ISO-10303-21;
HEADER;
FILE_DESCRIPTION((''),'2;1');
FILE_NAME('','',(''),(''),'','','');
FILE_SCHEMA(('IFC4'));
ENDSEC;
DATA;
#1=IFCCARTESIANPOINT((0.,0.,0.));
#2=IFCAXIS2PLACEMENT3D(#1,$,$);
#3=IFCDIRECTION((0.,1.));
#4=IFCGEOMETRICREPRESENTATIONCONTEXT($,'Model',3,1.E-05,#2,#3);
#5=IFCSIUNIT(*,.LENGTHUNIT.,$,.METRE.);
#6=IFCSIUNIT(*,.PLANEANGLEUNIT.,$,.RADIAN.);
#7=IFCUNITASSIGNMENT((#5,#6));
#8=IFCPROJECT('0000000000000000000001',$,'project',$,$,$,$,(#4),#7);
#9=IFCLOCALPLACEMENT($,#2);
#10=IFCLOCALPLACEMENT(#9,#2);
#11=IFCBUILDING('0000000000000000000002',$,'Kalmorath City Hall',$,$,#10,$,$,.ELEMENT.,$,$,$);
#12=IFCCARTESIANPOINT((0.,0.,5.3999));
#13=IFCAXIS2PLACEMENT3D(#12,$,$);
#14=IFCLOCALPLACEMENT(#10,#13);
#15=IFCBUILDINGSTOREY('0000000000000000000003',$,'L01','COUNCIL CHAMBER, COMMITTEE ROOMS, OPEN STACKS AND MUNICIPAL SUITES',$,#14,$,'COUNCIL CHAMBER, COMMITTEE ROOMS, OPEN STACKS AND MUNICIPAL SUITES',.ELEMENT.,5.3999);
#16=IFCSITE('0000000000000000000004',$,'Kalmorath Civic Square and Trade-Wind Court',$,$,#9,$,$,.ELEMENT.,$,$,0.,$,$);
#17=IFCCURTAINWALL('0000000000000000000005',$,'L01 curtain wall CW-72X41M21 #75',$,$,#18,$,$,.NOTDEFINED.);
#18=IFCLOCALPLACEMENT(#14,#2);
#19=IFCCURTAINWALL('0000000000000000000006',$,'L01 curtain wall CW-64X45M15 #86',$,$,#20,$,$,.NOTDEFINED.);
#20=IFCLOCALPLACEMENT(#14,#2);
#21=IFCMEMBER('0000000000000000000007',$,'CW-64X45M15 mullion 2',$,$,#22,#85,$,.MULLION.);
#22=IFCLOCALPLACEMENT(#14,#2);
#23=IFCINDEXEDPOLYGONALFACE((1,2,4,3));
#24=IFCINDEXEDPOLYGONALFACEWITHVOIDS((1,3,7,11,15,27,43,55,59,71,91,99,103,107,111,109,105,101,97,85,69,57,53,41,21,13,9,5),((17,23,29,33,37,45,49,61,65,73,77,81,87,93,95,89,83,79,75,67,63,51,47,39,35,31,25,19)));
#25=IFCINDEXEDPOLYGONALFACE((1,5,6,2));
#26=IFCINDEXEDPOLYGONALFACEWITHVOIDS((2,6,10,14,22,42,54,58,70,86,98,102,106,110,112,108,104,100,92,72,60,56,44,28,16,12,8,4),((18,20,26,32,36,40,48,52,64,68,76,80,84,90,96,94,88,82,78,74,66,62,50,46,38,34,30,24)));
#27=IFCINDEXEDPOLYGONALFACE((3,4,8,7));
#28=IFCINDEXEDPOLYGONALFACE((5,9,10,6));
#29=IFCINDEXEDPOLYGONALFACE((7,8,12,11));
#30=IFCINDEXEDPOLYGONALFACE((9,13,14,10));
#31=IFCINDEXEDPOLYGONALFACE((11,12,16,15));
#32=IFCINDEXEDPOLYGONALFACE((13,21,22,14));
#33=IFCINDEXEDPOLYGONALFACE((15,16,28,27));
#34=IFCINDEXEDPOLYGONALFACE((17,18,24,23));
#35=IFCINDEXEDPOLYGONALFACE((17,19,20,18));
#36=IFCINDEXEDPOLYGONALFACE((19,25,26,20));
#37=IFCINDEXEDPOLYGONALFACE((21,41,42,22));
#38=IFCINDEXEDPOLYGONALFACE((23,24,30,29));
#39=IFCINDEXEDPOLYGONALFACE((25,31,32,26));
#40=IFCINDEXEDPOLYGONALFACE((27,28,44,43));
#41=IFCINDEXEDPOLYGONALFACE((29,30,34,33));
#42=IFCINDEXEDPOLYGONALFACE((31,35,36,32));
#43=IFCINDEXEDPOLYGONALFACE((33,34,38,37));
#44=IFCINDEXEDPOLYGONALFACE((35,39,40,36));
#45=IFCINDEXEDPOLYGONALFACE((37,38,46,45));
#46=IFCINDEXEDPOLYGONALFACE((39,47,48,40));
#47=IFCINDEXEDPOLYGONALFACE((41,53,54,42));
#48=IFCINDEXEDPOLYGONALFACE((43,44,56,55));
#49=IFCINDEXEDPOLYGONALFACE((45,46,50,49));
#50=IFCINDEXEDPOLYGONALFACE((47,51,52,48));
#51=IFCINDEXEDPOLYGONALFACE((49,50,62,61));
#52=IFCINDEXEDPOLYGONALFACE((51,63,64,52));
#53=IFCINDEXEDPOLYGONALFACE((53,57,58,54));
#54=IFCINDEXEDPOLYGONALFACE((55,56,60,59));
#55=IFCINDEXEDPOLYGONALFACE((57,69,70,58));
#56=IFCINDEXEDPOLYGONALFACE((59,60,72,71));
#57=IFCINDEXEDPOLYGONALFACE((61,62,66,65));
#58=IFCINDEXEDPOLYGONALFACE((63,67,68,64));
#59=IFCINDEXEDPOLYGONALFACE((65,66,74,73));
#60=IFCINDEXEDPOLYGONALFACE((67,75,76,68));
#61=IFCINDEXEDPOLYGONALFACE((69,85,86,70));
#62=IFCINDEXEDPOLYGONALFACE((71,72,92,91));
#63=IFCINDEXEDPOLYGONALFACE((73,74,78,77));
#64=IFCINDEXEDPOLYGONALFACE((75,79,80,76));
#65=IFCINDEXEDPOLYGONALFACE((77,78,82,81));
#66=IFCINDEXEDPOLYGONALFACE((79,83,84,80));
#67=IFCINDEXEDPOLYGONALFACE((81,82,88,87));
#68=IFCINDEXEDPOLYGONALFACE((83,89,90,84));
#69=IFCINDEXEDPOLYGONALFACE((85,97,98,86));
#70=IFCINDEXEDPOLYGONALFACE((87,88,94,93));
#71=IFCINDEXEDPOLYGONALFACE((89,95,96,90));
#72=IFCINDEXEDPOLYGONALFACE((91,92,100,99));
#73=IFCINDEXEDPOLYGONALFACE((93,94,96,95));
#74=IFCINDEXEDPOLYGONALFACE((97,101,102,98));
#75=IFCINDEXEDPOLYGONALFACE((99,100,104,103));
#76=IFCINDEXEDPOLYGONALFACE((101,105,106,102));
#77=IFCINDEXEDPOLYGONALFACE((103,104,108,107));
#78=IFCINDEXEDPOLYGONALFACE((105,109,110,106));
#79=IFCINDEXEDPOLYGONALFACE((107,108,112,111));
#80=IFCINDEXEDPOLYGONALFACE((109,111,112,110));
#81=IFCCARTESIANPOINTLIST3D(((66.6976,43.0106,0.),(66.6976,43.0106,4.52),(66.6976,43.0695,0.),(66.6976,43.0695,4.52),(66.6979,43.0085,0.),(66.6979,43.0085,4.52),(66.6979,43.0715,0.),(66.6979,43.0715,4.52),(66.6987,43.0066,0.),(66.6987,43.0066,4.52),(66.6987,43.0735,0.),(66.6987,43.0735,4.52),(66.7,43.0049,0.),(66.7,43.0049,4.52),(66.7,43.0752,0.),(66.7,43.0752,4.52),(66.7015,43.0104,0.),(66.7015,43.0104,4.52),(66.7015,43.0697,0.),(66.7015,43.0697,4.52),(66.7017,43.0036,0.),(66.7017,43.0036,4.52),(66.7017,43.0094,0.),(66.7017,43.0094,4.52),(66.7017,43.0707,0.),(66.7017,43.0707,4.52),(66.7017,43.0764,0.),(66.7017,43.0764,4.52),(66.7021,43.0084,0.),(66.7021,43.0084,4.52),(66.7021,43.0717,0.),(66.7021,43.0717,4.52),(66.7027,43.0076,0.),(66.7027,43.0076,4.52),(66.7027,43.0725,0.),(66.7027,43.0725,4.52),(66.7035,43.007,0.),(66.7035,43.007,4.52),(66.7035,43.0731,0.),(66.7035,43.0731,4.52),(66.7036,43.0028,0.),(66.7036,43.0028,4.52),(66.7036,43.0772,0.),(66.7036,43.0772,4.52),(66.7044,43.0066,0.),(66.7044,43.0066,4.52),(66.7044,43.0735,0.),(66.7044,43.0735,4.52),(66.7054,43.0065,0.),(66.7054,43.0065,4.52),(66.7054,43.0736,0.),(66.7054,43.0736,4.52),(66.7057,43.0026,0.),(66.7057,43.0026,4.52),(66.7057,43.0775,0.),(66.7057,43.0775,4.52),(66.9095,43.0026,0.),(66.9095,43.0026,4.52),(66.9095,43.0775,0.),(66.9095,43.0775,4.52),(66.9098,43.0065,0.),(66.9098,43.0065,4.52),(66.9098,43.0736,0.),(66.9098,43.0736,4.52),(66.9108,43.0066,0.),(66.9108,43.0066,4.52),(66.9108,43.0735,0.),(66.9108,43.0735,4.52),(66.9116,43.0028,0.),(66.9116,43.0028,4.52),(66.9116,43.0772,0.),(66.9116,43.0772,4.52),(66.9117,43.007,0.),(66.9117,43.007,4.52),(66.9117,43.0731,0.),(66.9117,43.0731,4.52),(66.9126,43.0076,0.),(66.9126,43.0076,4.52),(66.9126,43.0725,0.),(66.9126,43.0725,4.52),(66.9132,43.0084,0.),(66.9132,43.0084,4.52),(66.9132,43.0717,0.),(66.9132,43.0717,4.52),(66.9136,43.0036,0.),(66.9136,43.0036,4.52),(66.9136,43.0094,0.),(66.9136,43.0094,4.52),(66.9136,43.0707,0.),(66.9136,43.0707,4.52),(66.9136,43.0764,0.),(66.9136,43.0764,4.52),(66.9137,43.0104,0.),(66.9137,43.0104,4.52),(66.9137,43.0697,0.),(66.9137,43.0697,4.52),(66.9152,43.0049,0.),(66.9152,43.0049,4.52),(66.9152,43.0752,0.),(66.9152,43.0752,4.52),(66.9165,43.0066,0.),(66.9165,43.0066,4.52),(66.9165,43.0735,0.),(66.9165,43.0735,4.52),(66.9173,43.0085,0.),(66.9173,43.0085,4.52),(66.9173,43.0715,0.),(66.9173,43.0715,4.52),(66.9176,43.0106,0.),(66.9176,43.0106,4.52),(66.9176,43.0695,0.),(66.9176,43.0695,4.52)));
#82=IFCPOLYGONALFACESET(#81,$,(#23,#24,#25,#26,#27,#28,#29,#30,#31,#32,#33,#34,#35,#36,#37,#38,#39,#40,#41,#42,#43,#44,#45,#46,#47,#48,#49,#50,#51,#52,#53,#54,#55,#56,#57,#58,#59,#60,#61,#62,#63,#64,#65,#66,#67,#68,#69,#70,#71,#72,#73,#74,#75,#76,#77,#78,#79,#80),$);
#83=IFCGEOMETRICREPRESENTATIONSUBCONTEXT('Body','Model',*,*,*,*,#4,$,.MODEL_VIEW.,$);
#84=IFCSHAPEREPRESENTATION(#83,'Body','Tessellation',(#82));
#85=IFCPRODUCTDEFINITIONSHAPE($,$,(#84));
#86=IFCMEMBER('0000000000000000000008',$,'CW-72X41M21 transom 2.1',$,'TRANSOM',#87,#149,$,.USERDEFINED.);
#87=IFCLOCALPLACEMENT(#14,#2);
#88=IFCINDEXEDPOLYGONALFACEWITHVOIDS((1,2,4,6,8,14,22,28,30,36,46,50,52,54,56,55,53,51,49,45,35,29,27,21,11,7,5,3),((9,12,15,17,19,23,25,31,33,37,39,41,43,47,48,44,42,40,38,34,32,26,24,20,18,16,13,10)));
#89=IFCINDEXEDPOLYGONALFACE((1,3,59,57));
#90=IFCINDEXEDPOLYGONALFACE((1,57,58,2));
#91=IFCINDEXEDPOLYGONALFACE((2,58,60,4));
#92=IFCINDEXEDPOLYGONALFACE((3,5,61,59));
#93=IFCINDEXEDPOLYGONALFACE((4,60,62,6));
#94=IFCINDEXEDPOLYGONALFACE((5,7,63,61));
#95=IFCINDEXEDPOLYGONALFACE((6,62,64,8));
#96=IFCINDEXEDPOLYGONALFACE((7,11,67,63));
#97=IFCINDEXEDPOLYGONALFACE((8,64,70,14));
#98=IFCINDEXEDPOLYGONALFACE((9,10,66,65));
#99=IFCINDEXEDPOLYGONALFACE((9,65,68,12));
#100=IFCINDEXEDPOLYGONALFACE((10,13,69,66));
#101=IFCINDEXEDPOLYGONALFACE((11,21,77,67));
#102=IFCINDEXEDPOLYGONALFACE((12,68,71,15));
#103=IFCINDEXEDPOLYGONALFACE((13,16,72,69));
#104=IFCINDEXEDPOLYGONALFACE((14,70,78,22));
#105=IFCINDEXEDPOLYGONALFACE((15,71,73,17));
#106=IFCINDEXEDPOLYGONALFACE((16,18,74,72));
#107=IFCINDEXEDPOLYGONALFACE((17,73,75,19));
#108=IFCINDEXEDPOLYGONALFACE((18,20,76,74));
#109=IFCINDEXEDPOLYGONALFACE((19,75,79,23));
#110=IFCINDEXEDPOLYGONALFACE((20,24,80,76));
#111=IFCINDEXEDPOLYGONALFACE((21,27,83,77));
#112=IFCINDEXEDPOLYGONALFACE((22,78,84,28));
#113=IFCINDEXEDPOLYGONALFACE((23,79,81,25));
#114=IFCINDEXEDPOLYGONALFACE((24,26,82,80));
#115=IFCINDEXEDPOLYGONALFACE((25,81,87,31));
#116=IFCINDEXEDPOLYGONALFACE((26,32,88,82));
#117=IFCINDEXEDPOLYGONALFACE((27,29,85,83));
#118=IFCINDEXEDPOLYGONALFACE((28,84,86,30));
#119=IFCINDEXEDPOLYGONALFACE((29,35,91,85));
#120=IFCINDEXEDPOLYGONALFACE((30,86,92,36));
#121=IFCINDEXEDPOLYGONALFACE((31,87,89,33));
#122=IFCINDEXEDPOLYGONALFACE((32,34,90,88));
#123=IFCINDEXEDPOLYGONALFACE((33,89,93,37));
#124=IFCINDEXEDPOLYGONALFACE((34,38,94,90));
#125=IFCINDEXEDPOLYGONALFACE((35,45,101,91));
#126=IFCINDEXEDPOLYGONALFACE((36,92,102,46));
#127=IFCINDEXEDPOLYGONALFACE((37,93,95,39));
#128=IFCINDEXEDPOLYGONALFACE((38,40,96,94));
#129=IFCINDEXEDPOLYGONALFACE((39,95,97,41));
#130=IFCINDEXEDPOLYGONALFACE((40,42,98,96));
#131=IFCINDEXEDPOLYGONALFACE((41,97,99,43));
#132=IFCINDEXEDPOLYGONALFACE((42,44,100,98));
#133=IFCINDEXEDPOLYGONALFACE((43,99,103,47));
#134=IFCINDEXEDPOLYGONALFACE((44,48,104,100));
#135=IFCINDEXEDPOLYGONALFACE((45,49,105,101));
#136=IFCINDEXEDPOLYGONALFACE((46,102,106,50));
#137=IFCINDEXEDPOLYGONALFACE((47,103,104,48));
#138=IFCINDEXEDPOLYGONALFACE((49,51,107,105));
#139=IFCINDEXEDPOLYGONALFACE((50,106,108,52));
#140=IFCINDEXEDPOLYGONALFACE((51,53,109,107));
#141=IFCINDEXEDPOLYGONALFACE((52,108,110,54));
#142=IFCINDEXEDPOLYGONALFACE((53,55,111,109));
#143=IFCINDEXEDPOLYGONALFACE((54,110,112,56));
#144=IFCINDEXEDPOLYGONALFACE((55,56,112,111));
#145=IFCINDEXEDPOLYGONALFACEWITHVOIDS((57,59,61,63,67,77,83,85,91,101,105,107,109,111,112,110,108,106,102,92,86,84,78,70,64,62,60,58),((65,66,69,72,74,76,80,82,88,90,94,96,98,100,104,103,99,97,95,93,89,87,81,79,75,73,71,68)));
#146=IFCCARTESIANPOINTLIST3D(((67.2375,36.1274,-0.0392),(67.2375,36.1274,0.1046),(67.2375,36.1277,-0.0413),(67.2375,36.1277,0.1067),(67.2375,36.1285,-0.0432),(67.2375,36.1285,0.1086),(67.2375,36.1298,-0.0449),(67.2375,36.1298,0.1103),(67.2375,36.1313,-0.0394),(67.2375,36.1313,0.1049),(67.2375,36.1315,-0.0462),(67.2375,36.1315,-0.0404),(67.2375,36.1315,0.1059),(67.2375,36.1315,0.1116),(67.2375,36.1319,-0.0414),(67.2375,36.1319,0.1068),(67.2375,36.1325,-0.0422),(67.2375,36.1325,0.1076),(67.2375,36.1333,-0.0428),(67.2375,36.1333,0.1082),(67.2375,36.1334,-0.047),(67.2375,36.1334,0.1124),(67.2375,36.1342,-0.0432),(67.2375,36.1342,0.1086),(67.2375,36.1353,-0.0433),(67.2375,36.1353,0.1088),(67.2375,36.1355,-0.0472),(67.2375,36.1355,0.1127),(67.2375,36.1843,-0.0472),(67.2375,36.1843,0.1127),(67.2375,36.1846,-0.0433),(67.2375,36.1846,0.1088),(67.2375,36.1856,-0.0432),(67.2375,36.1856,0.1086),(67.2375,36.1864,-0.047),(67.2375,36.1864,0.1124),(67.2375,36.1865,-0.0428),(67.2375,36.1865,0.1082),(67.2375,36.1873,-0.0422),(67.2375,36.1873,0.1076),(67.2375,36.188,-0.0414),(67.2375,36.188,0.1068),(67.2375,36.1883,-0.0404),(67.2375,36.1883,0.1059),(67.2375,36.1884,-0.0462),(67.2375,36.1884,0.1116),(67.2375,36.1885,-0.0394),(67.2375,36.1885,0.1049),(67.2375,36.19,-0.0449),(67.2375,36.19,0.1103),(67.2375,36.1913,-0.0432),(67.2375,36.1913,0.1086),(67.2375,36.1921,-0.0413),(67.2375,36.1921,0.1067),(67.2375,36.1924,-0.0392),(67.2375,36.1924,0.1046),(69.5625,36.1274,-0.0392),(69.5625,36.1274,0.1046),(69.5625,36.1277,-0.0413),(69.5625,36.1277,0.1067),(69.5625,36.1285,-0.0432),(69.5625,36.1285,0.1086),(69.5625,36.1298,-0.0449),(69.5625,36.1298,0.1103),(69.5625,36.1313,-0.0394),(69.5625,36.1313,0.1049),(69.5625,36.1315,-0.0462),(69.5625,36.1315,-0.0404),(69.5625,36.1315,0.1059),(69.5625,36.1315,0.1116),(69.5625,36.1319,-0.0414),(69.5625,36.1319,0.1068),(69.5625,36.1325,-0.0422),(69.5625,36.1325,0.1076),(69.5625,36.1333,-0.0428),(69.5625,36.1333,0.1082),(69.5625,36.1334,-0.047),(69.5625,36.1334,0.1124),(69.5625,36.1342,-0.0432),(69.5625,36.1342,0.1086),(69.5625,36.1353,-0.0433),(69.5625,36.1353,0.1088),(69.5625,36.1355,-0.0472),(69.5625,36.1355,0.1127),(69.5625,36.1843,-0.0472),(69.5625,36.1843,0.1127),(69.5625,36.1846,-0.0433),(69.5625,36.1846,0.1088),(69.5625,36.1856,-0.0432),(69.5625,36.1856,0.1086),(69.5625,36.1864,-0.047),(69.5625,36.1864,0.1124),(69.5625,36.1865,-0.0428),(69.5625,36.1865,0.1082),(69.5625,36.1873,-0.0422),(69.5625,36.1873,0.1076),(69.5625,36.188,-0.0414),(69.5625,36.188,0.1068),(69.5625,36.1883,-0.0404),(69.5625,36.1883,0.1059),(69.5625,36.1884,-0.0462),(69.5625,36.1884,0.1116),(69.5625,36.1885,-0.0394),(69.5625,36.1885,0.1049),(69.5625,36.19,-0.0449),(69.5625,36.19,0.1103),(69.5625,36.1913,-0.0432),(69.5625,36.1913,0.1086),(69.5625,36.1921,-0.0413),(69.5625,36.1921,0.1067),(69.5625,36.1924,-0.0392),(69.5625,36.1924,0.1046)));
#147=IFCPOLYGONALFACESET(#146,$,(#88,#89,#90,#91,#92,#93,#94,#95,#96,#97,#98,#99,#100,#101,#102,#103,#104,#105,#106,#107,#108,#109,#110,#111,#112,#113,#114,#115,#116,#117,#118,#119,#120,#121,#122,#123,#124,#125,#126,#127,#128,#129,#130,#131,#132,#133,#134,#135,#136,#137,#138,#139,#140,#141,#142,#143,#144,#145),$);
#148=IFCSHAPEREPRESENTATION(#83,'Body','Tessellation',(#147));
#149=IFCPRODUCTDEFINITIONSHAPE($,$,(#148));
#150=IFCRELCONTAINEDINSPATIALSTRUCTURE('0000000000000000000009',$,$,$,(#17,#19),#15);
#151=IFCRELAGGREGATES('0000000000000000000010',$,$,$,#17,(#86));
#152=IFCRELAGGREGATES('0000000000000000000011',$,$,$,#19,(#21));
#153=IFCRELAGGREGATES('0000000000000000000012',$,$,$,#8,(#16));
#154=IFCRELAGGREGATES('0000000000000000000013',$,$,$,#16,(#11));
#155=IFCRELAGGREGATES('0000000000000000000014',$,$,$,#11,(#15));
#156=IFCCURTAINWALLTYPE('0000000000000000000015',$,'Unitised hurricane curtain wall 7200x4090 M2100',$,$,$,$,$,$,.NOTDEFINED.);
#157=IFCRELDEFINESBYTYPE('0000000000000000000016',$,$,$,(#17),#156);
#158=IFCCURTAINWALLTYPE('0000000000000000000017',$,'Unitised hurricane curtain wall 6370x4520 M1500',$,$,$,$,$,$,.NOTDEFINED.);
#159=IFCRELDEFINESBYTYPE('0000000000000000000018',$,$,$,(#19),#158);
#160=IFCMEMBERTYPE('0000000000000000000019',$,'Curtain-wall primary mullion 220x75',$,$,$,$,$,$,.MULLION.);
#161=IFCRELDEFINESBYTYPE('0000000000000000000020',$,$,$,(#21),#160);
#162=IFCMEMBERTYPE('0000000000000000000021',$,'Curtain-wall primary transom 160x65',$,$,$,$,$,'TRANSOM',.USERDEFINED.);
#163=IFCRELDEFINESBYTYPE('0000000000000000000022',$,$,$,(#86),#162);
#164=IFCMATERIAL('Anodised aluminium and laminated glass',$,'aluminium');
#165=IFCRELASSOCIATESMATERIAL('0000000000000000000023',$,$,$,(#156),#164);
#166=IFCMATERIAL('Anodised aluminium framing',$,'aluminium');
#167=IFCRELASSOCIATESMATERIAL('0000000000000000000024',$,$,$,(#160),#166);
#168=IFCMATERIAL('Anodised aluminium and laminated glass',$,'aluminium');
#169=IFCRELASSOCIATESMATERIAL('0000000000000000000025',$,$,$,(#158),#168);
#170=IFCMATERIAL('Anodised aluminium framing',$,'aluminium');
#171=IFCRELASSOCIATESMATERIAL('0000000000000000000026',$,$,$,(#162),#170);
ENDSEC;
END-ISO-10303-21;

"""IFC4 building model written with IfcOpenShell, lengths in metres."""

from ifc_helpers import new_model, si_unit, direction, frame, origin, origin_2d, place, context, subcontext, project, spatial, hollow_rectangle, extrude, material, material_profile, profile_set, type_object, element, aggregate, save


model = new_model("IFC4")

# Units and contexts
model_context = context("Model", 3, precision=1e-05, world=origin(), true_north=direction((0.0, 1.0)))
body_context = subcontext(model_context, "Body", "Model", "MODEL_VIEW")
ifc_project = project(units=[si_unit("LENGTHUNIT", "METRE"), si_unit("PLANEANGLEUNIT", "RADIAN")], contexts=[model_context])

# Site, building, storey
site_placement = place(None, origin())
site = spatial("IfcSite", under=ifc_project, at=site_placement, Name="Kalmorath Civic Square and Trade-Wind Court", CompositionType="ELEMENT", RefElevation=0.0)
building_placement = place(site_placement, origin())
building = spatial("IfcBuilding", under=site, at=building_placement, Name="Kalmorath City Hall", CompositionType="ELEMENT")
storey_placement = place(building_placement, frame((0.0, 0.0, 5.3999)))
storey = spatial("IfcBuildingStorey", under=building, at=storey_placement, Name="L01", Description="COUNCIL CHAMBER, COMMITTEE ROOMS, OPEN STACKS AND MUNICIPAL SUITES", LongName="COUNCIL CHAMBER, COMMITTEE ROOMS, OPEN STACKS AND MUNICIPAL SUITES", CompositionType="ELEMENT", Elevation=5.3999)

# Curtain wall
ifc_material_1 = material(Name="Anodised aluminium and laminated glass", Category="aluminium")
curtain_wall_type_1 = type_object("IfcCurtainWallType", Name="Unitised hurricane curtain wall 7200x4090 M2100", PredefinedType="NOTDEFINED", material=ifc_material_1)
curtain_wall_1_placement = place(storey_placement, origin())
curtain_wall_1 = element("IfcCurtainWall", 1, at=curtain_wall_1_placement, inside=storey, type_object=curtain_wall_type_1, Name="L01 curtain wall CW-72X41M21 #75", PredefinedType="NOTDEFINED")
ifc_material_2 = material(Name="Anodised aluminium framing", Category="aluminium")
ifc_material_profile_1 = material_profile(ifc_material_2, hollow_rectangle(XDim=0.075, YDim=0.22, WallThickness=0.0039, InnerFilletRadius=0.0039, OuterFilletRadius=0.0081, at=origin_2d()), Name="ALU-MUL-220X75X4")
ifc_profile_set_1 = profile_set([ifc_material_profile_1], Name="Anodised aluminium framing")
member_type_1 = type_object("IfcMemberType", Name="Curtain-wall primary mullion 220x75", PredefinedType="MULLION", material=ifc_profile_set_1)

# Curtain wall, member
ifc_material_3 = material(Name="Anodised aluminium and laminated glass", Category="aluminium")
curtain_wall_type_2 = type_object("IfcCurtainWallType", Name="Unitised hurricane curtain wall 6370x4520 M1500", PredefinedType="NOTDEFINED", material=ifc_material_3)
curtain_wall_2_placement = place(storey_placement, origin())
curtain_wall_2 = element("IfcCurtainWall", 2, at=curtain_wall_2_placement, inside=storey, type_object=curtain_wall_type_2, Name="L01 curtain wall CW-64X45M15 #86", PredefinedType="NOTDEFINED")
member_1_placement = place(storey_placement, frame((66.8076, 43.04, 0.0), z_axis=(0.0, 0.0, 1.0), x_axis=(0.0, 1.0, 0.0)))
member_1 = element("IfcMember", 3, at=member_1_placement, type_object=member_type_1, Name="CW-64X45M15 mullion 2", PredefinedType="MULLION", context=body_context, shape_type="SweptSolid", body=[
    extrude(hollow_rectangle(XDim=0.075, YDim=0.22, WallThickness=0.0039, InnerFilletRadius=0.0039, OuterFilletRadius=0.0081, at=origin_2d()), origin(), (0.0, 0.0, 1.0), 4.52),
])

# Member
ifc_material_4 = material(Name="Anodised aluminium framing", Category="aluminium")
ifc_material_profile_2 = material_profile(ifc_material_4, hollow_rectangle(XDim=0.0649, YDim=0.1599, WallThickness=0.0039, InnerFilletRadius=0.0039, OuterFilletRadius=0.0081, at=origin_2d()), Name="ALU-TRN-160X65X4")
ifc_profile_set_2 = profile_set([ifc_material_profile_2], Name="Anodised aluminium framing")
member_type_2 = type_object("IfcMemberType", Name="Curtain-wall primary transom 160x65", ElementType="TRANSOM", PredefinedType="USERDEFINED", material=ifc_profile_set_2)
member_2_placement = place(storey_placement, frame((69.5625, 36.1599, 0.0327), z_axis=(-1.0, 0.0, 0.0), x_axis=(0.0, -1.0, 0.0)))
member_2 = element("IfcMember", 4, at=member_2_placement, type_object=member_type_2, Name="CW-72X41M21 transom 2.1", ObjectType="TRANSOM", PredefinedType="USERDEFINED", context=body_context, shape_type="SweptSolid", body=[
    extrude(hollow_rectangle(XDim=0.0649, YDim=0.1599, WallThickness=0.0039, InnerFilletRadius=0.0039, OuterFilletRadius=0.0081, at=origin_2d()), origin(), (0.0, 0.0, 1.0), 2.325),
])

aggregate(curtain_wall_1, [member_2])
aggregate(curtain_wall_2, [member_1])

save(model, "model.ifc")
